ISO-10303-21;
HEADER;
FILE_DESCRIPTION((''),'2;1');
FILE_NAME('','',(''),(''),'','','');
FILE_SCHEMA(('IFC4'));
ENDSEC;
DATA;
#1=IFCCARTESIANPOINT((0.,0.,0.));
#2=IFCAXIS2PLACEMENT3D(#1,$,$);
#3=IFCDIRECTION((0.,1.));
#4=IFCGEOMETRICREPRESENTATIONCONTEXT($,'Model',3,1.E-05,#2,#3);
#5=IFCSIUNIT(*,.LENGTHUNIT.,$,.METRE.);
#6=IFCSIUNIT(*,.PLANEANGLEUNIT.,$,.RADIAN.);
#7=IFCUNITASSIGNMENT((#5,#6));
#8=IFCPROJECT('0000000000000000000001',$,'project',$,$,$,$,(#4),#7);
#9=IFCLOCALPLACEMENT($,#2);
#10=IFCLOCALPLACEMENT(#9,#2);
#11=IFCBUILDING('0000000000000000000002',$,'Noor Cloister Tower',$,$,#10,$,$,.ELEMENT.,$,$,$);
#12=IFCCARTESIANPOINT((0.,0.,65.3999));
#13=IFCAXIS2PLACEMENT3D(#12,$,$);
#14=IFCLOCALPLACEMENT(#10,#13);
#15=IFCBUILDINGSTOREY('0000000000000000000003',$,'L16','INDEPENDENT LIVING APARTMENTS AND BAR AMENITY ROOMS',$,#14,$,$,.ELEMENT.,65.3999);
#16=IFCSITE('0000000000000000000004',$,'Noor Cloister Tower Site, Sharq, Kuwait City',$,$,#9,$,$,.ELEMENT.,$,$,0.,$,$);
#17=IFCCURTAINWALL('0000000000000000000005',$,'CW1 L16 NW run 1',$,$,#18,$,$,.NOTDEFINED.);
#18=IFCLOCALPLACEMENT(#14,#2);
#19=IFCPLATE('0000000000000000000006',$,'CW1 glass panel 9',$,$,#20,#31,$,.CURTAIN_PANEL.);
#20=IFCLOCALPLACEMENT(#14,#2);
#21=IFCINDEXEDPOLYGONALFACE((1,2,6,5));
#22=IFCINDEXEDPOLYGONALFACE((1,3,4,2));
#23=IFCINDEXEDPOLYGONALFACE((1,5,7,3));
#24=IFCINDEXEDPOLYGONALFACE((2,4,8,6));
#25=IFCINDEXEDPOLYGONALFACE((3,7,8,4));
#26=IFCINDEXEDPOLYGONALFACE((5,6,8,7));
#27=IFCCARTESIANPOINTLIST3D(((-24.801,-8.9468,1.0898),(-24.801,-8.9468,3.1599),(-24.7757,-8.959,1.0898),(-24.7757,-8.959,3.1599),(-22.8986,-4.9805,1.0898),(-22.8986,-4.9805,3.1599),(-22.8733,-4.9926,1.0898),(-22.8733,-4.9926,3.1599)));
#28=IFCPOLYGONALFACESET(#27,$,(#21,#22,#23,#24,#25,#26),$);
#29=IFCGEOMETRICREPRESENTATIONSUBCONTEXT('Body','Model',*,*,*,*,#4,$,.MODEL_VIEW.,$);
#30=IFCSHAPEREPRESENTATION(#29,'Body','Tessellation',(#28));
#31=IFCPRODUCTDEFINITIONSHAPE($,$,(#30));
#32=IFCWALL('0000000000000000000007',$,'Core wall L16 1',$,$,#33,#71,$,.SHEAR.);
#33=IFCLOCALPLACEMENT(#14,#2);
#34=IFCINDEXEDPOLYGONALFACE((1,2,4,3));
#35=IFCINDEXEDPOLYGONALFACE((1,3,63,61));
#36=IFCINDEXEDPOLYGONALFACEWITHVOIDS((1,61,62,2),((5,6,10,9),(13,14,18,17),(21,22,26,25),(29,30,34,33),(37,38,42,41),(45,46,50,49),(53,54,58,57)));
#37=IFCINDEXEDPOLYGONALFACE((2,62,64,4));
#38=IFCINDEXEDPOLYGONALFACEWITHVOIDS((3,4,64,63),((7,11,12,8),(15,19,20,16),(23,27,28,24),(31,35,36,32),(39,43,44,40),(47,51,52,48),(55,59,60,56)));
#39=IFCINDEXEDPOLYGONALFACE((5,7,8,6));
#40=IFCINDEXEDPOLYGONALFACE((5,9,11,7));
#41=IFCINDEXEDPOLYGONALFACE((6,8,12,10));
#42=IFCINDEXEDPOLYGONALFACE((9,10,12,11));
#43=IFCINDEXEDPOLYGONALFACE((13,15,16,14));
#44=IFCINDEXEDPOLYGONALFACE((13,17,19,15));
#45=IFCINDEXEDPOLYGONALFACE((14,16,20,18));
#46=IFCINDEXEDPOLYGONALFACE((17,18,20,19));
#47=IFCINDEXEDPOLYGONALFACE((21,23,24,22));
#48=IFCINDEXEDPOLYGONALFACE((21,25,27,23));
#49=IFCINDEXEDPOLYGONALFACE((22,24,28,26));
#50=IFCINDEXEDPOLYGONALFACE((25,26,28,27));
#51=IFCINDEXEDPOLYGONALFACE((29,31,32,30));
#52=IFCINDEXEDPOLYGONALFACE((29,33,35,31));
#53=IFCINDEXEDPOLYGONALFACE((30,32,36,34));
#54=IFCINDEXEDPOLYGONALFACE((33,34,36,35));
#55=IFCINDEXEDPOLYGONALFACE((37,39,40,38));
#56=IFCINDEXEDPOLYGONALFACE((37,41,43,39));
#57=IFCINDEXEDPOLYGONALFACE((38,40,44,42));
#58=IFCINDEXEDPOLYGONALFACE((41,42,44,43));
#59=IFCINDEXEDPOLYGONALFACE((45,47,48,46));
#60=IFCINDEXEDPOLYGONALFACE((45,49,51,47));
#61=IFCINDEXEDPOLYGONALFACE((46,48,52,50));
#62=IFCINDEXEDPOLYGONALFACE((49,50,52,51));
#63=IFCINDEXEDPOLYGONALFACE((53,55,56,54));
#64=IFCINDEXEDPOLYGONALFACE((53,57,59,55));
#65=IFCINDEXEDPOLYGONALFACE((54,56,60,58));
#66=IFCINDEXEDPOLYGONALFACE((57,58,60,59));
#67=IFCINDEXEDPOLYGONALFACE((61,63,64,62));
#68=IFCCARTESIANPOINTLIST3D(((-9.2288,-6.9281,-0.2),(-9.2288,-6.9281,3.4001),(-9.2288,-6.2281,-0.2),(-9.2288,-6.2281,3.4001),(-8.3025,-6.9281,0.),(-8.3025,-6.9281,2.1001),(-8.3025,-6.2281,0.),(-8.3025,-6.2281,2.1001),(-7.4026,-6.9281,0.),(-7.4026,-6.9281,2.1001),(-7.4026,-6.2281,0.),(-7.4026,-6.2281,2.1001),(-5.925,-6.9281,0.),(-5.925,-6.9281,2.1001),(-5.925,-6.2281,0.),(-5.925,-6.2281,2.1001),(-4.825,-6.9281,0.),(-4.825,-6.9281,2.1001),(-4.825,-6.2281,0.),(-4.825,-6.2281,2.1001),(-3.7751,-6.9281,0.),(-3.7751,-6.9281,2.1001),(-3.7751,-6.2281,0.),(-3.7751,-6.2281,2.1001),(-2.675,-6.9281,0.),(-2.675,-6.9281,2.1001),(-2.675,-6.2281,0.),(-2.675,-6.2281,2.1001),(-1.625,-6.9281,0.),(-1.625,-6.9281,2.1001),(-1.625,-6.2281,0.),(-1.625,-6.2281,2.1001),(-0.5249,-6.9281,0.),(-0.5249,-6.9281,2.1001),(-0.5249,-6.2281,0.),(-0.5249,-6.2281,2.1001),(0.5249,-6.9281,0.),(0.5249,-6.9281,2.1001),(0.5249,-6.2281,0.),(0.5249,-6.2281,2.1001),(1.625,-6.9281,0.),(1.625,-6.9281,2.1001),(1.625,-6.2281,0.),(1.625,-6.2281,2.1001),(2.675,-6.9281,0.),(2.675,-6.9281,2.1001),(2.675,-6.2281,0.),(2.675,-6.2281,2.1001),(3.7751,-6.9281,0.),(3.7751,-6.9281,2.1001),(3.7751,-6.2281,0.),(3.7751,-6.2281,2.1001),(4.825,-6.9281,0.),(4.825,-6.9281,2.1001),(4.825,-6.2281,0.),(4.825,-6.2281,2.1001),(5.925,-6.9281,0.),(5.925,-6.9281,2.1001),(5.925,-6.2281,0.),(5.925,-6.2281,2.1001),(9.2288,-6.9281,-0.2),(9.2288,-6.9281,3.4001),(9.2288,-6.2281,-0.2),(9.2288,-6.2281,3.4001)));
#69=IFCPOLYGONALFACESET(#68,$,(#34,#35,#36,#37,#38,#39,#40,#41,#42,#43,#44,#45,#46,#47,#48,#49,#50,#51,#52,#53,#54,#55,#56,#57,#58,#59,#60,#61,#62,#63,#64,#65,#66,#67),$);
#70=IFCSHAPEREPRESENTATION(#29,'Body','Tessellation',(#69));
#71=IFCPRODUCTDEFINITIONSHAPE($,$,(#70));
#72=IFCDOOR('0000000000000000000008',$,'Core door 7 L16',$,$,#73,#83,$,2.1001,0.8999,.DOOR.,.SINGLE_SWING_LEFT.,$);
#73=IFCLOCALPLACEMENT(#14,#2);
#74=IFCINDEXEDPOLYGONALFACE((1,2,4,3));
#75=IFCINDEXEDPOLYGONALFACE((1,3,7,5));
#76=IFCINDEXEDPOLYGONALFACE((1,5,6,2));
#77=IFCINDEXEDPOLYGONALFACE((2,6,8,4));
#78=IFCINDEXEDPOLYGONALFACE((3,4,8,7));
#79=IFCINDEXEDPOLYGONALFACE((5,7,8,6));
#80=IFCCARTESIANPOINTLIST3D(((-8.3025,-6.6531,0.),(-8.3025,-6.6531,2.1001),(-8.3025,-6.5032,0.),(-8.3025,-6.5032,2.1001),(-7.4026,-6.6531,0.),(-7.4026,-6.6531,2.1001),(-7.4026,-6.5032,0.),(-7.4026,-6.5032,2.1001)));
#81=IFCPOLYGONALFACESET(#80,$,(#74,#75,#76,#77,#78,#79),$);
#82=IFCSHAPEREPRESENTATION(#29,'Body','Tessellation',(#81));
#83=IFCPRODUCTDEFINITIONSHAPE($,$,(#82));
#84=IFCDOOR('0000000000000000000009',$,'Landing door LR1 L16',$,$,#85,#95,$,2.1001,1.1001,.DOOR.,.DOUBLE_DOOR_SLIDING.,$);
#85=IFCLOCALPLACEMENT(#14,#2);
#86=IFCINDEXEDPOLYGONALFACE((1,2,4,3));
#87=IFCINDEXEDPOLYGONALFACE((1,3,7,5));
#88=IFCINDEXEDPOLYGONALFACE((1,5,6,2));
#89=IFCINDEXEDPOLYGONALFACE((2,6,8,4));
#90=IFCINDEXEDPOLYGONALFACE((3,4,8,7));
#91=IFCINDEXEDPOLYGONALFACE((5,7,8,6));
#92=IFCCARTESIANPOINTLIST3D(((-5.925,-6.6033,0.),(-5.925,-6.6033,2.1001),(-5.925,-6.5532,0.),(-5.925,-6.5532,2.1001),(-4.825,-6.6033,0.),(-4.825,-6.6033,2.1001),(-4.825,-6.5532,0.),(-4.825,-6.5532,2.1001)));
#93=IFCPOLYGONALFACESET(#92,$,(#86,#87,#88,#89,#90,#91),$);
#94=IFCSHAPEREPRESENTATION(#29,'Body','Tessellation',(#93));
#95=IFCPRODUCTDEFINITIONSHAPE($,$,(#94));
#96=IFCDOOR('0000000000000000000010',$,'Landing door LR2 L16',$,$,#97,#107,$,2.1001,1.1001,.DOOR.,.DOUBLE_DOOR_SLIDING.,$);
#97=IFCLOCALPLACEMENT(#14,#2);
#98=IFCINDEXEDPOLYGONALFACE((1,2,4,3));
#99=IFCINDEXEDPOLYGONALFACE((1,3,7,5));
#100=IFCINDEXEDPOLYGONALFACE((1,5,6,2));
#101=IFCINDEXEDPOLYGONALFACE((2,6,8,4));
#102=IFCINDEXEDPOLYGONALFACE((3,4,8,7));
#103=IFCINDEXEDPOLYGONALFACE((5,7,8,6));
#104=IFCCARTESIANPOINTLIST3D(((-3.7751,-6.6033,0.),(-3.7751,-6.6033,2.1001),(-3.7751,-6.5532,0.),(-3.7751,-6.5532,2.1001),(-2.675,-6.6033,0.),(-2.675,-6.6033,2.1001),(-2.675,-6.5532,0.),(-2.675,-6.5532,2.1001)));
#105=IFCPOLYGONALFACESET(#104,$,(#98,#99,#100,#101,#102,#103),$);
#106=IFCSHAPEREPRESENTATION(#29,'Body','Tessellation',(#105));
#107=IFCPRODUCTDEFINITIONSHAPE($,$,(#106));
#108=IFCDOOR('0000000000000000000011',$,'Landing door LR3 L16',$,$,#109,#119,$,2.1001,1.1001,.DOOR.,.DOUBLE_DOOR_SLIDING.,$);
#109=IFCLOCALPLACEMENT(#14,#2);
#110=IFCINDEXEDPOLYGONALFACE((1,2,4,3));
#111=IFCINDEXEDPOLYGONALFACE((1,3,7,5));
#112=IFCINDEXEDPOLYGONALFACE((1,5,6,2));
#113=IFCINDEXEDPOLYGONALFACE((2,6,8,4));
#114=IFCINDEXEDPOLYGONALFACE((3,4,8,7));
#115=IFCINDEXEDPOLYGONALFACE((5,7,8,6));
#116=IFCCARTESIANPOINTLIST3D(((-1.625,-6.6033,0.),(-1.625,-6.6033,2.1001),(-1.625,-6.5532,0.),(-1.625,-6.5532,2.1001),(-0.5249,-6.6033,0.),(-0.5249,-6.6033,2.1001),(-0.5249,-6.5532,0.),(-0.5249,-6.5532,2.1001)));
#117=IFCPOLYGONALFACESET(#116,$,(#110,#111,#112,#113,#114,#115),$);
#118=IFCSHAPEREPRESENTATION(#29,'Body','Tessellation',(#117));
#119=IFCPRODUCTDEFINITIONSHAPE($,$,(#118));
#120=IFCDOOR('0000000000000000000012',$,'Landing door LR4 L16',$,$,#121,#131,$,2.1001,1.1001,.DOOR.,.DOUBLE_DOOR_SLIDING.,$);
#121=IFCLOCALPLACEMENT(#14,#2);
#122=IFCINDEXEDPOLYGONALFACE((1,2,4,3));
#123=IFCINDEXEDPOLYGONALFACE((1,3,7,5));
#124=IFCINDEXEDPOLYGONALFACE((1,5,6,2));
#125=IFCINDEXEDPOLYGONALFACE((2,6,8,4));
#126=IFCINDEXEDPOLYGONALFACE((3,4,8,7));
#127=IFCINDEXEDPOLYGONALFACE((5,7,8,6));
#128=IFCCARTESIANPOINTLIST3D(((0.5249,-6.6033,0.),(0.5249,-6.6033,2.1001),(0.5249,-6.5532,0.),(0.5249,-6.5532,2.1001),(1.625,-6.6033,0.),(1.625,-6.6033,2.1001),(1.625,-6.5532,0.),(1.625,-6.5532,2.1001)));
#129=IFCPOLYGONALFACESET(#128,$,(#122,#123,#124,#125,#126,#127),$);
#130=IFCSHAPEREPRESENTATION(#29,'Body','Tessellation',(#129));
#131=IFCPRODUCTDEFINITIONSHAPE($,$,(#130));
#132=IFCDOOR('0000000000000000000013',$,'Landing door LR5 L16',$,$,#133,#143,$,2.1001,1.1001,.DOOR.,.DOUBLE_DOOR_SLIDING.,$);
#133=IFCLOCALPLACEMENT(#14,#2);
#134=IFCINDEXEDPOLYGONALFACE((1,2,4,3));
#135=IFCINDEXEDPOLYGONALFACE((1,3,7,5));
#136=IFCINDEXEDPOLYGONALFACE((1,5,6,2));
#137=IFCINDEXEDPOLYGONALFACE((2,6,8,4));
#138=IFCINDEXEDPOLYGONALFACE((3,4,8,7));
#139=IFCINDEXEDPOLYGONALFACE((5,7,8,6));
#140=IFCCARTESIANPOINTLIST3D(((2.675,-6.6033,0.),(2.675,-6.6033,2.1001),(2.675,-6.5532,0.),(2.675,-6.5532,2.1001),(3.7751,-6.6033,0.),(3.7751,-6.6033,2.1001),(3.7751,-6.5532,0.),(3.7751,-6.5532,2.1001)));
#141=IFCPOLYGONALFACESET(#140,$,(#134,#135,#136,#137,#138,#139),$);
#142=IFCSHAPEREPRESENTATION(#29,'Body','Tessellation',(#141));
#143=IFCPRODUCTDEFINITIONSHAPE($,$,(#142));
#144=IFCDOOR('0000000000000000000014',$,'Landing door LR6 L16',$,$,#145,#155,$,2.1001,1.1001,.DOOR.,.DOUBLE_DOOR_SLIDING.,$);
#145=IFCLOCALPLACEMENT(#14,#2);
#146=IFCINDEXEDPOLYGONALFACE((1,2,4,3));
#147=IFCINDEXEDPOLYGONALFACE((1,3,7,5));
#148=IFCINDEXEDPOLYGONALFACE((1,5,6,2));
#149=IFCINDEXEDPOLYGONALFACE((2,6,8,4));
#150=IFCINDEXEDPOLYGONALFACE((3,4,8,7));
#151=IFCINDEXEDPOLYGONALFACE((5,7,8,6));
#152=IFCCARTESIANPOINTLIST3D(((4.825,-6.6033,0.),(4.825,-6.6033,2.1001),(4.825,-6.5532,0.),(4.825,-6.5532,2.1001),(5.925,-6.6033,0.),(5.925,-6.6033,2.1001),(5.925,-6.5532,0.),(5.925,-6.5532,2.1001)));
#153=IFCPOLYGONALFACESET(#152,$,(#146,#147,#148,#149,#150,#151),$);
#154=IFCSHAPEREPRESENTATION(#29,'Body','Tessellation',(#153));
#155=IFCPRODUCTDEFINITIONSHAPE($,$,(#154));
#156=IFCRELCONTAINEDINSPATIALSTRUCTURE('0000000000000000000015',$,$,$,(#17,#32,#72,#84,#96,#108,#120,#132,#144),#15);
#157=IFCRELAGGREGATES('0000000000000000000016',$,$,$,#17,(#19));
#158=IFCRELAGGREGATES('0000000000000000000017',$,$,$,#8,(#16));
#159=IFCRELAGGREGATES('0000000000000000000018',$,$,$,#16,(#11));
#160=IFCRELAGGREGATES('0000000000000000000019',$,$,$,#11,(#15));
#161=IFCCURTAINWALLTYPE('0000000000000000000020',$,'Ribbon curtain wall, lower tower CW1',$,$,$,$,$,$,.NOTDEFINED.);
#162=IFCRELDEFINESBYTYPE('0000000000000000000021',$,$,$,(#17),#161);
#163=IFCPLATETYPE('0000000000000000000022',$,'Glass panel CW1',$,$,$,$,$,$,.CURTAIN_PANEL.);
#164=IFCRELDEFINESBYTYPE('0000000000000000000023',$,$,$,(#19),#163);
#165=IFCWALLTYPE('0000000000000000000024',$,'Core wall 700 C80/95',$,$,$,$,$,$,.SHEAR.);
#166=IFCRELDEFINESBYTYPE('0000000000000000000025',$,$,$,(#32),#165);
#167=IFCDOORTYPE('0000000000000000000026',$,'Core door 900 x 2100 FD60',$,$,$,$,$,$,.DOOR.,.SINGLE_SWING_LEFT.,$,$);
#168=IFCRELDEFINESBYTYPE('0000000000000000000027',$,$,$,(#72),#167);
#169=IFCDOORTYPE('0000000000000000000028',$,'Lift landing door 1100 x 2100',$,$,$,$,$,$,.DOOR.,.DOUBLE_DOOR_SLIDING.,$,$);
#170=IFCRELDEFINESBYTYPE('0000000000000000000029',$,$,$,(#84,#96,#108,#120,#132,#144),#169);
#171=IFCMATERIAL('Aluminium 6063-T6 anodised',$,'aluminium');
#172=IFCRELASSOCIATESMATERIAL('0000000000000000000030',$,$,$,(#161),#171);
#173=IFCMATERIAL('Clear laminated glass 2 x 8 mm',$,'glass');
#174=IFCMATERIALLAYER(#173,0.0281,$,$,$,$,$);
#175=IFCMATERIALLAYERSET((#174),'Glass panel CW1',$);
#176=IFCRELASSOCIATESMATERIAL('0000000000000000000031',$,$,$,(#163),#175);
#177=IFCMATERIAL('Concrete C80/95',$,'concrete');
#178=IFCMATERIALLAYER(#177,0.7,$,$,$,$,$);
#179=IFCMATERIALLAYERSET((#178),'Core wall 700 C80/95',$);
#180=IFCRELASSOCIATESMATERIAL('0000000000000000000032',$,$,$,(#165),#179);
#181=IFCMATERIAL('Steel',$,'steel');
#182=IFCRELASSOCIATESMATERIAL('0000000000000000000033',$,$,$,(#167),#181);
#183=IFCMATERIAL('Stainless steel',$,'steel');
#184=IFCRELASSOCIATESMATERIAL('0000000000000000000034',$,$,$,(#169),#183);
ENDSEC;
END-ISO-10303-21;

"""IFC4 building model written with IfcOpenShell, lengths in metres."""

from ifc_helpers import new_model, si_unit, direction, frame, frame_2d, origin, origin_2d, place, context, subcontext, project, spatial, rectangle, extrude, material, layer, layer_set, type_object, element, fill, aggregate, save


model = new_model("IFC4")

# Units and contexts
model_context = context("Model", 3, precision=1e-05, world=origin(), true_north=direction((0.0, 1.0)))
body_context = subcontext(model_context, "Body", "Model", "MODEL_VIEW")
ifc_project = project(units=[si_unit("LENGTHUNIT", "METRE"), si_unit("PLANEANGLEUNIT", "RADIAN")], contexts=[model_context])

# Site, building, storey
site_placement = place(None, origin())
site = spatial("IfcSite", under=ifc_project, at=site_placement, Name="Noor Cloister Tower Site, Sharq, Kuwait City", CompositionType="ELEMENT", RefElevation=0.0)
building_placement = place(site_placement, origin())
building = spatial("IfcBuilding", under=site, at=building_placement, Name="Noor Cloister Tower", CompositionType="ELEMENT")
storey_placement = place(building_placement, frame((0.0, 0.0, 65.3999)))
storey = spatial("IfcBuildingStorey", under=building, at=storey_placement, Name="L16", Description="INDEPENDENT LIVING APARTMENTS AND BAR AMENITY ROOMS", CompositionType="ELEMENT", Elevation=65.3999)

# Curtain wall
ifc_material_1 = material(Name="Aluminium 6063-T6 anodised", Category="aluminium")
curtain_wall_type_1 = type_object("IfcCurtainWallType", Name="Ribbon curtain wall, lower tower CW1", PredefinedType="NOTDEFINED", material=ifc_material_1)
curtain_wall_1_placement = place(storey_placement, origin())
curtain_wall_1 = element("IfcCurtainWall", 1, at=curtain_wall_1_placement, inside=storey, type_object=curtain_wall_type_1, Name="CW1 L16 NW run 1", PredefinedType="NOTDEFINED")

# Plate
ifc_material_2 = material(Name="Clear laminated glass 2 x 8 mm", Category="glass")
ifc_layer_1 = layer(ifc_material_2, 0.0281)
ifc_layer_set_1 = layer_set([ifc_layer_1], Name="Glass panel CW1")
plate_type = type_object("IfcPlateType", Name="Glass panel CW1", PredefinedType="CURTAIN_PANEL", material=ifc_layer_set_1)
plate_placement = place(storey_placement, frame((-23.8372, -6.9697, 1.0898), z_axis=(0.0, 0.0, 1.0), x_axis=(-0.432455, -0.901656, 0.0)))
plate = element("IfcPlate", 2, at=plate_placement, type_object=plate_type, Name="CW1 glass panel 9", PredefinedType="CURTAIN_PANEL", context=body_context, shape_type="SweptSolid", body=[
    extrude(rectangle(XDim=4.3989, YDim=0.0281, at=origin_2d()), origin(), (0.0, 0.0, 1.0), 2.0701),
])
aggregate(curtain_wall_1, [plate])

# Wall, openings, doors
ifc_material_3 = material(Name="Concrete C80/95", Category="concrete")
ifc_layer_2 = layer(ifc_material_3, 0.7)
ifc_layer_set_2 = layer_set([ifc_layer_2], Name="Core wall 700 C80/95")
wall_type_1 = type_object("IfcWallType", Name="Core wall 700 C80/95", PredefinedType="SHEAR", material=ifc_layer_set_2)
wall_1_placement = place(storey_placement, frame((-9.2288, -6.5781, -0.2), z_axis=(0.0, 0.0, 1.0), x_axis=(1.0, 0.0, 0.0)))
wall_1 = element("IfcWall", 3, at=wall_1_placement, inside=storey, type_object=wall_type_1, Name="Core wall L16 1", PredefinedType="SHEAR", context=body_context, shape_type="SweptSolid", body=[
    extrude(rectangle(XDim=18.4575, YDim=0.7, at=frame_2d((9.2288, 0.0))), origin(), (0.0, 0.0, 1.0), 3.6001),
])
opening_1_placement = place(wall_1_placement, frame((3.3037, 0.0, 0.2)))
opening_1 = element("IfcOpeningElement", 4, at=opening_1_placement, cuts=wall_1, PredefinedType="OPENING", context=body_context, shape_type="SweptSolid", body=[
    extrude(rectangle(XDim=1.1001, YDim=2.1001, at=frame_2d((0.55, 1.05))), frame((0.0, 0.3599, 0.0), z_axis=(0.0, -1.0, 0.0), x_axis=(1.0, 0.0, 0.0)), (0.0, 0.0, 1.0), 0.72),
])
opening_2_placement = place(wall_1_placement, frame((5.4536, 0.0, 0.2)))
opening_2 = element("IfcOpeningElement", 5, at=opening_2_placement, cuts=wall_1, PredefinedType="OPENING", context=body_context, shape_type="SweptSolid", body=[
    extrude(rectangle(XDim=1.1001, YDim=2.1001, at=frame_2d((0.55, 1.05))), frame((0.0, 0.3599, 0.0), z_axis=(0.0, -1.0, 0.0), x_axis=(1.0, 0.0, 0.0)), (0.0, 0.0, 1.0), 0.72),
])
opening_3_placement = place(wall_1_placement, frame((7.6038, 0.0, 0.2)))
opening_3 = element("IfcOpeningElement", 6, at=opening_3_placement, cuts=wall_1, PredefinedType="OPENING", context=body_context, shape_type="SweptSolid", body=[
    extrude(rectangle(XDim=1.1001, YDim=2.1001, at=frame_2d((0.55, 1.05))), frame((0.0, 0.3599, 0.0), z_axis=(0.0, -1.0, 0.0), x_axis=(1.0, 0.0, 0.0)), (0.0, 0.0, 1.0), 0.72),
])
opening_4_placement = place(wall_1_placement, frame((9.7537, 0.0, 0.2)))
opening_4 = element("IfcOpeningElement", 7, at=opening_4_placement, cuts=wall_1, PredefinedType="OPENING", context=body_context, shape_type="SweptSolid", body=[
    extrude(rectangle(XDim=1.1001, YDim=2.1001, at=frame_2d((0.55, 1.05))), frame((0.0, 0.3599, 0.0), z_axis=(0.0, -1.0, 0.0), x_axis=(1.0, 0.0, 0.0)), (0.0, 0.0, 1.0), 0.72),
])
opening_5_placement = place(wall_1_placement, frame((11.9038, 0.0, 0.2)))
opening_5 = element("IfcOpeningElement", 8, at=opening_5_placement, cuts=wall_1, PredefinedType="OPENING", context=body_context, shape_type="SweptSolid", body=[
    extrude(rectangle(XDim=1.1001, YDim=2.1001, at=frame_2d((0.55, 1.05))), frame((0.0, 0.3599, 0.0), z_axis=(0.0, -1.0, 0.0), x_axis=(1.0, 0.0, 0.0)), (0.0, 0.0, 1.0), 0.72),
])
opening_6_placement = place(wall_1_placement, frame((14.0537, 0.0, 0.2)))
opening_6 = element("IfcOpeningElement", 9, at=opening_6_placement, cuts=wall_1, PredefinedType="OPENING", context=body_context, shape_type="SweptSolid", body=[
    extrude(rectangle(XDim=1.1001, YDim=2.1001, at=frame_2d((0.55, 1.05))), frame((0.0, 0.3599, 0.0), z_axis=(0.0, -1.0, 0.0), x_axis=(1.0, 0.0, 0.0)), (0.0, 0.0, 1.0), 0.72),
])
opening_7_placement = place(wall_1_placement, frame((0.9263, 0.0, 0.2)))
opening_7 = element("IfcOpeningElement", 10, at=opening_7_placement, cuts=wall_1, PredefinedType="OPENING", context=body_context, shape_type="SweptSolid", body=[
    extrude(rectangle(XDim=0.8999, YDim=2.1001, at=frame_2d((0.45, 1.05))), frame((0.0, 0.3599, 0.0), z_axis=(0.0, -1.0, 0.0), x_axis=(1.0, 0.0, 0.0)), (0.0, 0.0, 1.0), 0.72),
])
ifc_material_4 = material(Name="Steel", Category="steel")
door_type_1 = type_object("IfcDoorType", Name="Core door 900 x 2100 FD60", OperationType="SINGLE_SWING_LEFT", PredefinedType="DOOR", material=ifc_material_4)
door_1_placement = place(opening_7_placement, origin())
door_1 = element("IfcDoor", 11, at=door_1_placement, inside=storey, type_object=door_type_1, Name="Core door 7 L16", OperationType="SINGLE_SWING_LEFT", OverallHeight=2.1001, OverallWidth=0.8999, PredefinedType="DOOR", context=body_context, shape_type="SweptSolid", body=[
    extrude(rectangle(XDim=0.8999, YDim=2.1001, at=frame_2d((0.45, 1.05))), frame((0.0, 0.075, 0.0), z_axis=(0.0, -1.0, 0.0), x_axis=(1.0, 0.0, 0.0)), (0.0, 0.0, 1.0), 0.1499),
])
fill(opening_7, door_1)
ifc_material_5 = material(Name="Stainless steel", Category="steel")
door_type_2 = type_object("IfcDoorType", Name="Lift landing door 1100 x 2100", OperationType="DOUBLE_DOOR_SLIDING", PredefinedType="DOOR", material=ifc_material_5)
door_2_placement = place(opening_1_placement, origin())
door_2 = element("IfcDoor", 12, at=door_2_placement, inside=storey, type_object=door_type_2, Name="Landing door LR1 L16", OperationType="DOUBLE_DOOR_SLIDING", OverallHeight=2.1001, OverallWidth=1.1001, PredefinedType="DOOR", context=body_context, shape_type="SweptSolid", body=[
    extrude(rectangle(XDim=1.1001, YDim=2.1001, at=frame_2d((0.55, 1.05))), frame((0.0, 0.0249, 0.0), z_axis=(0.0, -1.0, 0.0), x_axis=(1.0, 0.0, 0.0)), (0.0, 0.0, 1.0), 0.05),
])
fill(opening_1, door_2)
door_3_placement = place(opening_2_placement, origin())
door_3 = element("IfcDoor", 13, at=door_3_placement, inside=storey, type_object=door_type_2, Name="Landing door LR2 L16", OperationType="DOUBLE_DOOR_SLIDING", OverallHeight=2.1001, OverallWidth=1.1001, PredefinedType="DOOR", context=body_context, shape_type="SweptSolid", body=[
    extrude(rectangle(XDim=1.1001, YDim=2.1001, at=frame_2d((0.55, 1.05))), frame((0.0, 0.0249, 0.0), z_axis=(0.0, -1.0, 0.0), x_axis=(1.0, 0.0, 0.0)), (0.0, 0.0, 1.0), 0.05),
])
fill(opening_2, door_3)
door_4_placement = place(opening_3_placement, origin())
door_4 = element("IfcDoor", 14, at=door_4_placement, inside=storey, type_object=door_type_2, Name="Landing door LR3 L16", OperationType="DOUBLE_DOOR_SLIDING", OverallHeight=2.1001, OverallWidth=1.1001, PredefinedType="DOOR", context=body_context, shape_type="SweptSolid", body=[
    extrude(rectangle(XDim=1.1001, YDim=2.1001, at=frame_2d((0.55, 1.05))), frame((0.0, 0.0249, 0.0), z_axis=(0.0, -1.0, 0.0), x_axis=(1.0, 0.0, 0.0)), (0.0, 0.0, 1.0), 0.05),
])
fill(opening_3, door_4)
door_5_placement = place(opening_4_placement, origin())
door_5 = element("IfcDoor", 15, at=door_5_placement, inside=storey, type_object=door_type_2, Name="Landing door LR4 L16", OperationType="DOUBLE_DOOR_SLIDING", OverallHeight=2.1001, OverallWidth=1.1001, PredefinedType="DOOR", context=body_context, shape_type="SweptSolid", body=[
    extrude(rectangle(XDim=1.1001, YDim=2.1001, at=frame_2d((0.55, 1.05))), frame((0.0, 0.0249, 0.0), z_axis=(0.0, -1.0, 0.0), x_axis=(1.0, 0.0, 0.0)), (0.0, 0.0, 1.0), 0.05),
])
fill(opening_4, door_5)
door_6_placement = place(opening_5_placement, origin())
door_6 = element("IfcDoor", 16, at=door_6_placement, inside=storey, type_object=door_type_2, Name="Landing door LR5 L16", OperationType="DOUBLE_DOOR_SLIDING", OverallHeight=2.1001, OverallWidth=1.1001, PredefinedType="DOOR", context=body_context, shape_type="SweptSolid", body=[
    extrude(rectangle(XDim=1.1001, YDim=2.1001, at=frame_2d((0.55, 1.05))), frame((0.0, 0.0249, 0.0), z_axis=(0.0, -1.0, 0.0), x_axis=(1.0, 0.0, 0.0)), (0.0, 0.0, 1.0), 0.05),
])
fill(opening_5, door_6)
door_7_placement = place(opening_6_placement, origin())
door_7 = element("IfcDoor", 17, at=door_7_placement, inside=storey, type_object=door_type_2, Name="Landing door LR6 L16", OperationType="DOUBLE_DOOR_SLIDING", OverallHeight=2.1001, OverallWidth=1.1001, PredefinedType="DOOR", context=body_context, shape_type="SweptSolid", body=[
    extrude(rectangle(XDim=1.1001, YDim=2.1001, at=frame_2d((0.55, 1.05))), frame((0.0, 0.0249, 0.0), z_axis=(0.0, -1.0, 0.0), x_axis=(1.0, 0.0, 0.0)), (0.0, 0.0, 1.0), 0.05),
])
fill(opening_6, door_7)

save(model, "model.ifc")
